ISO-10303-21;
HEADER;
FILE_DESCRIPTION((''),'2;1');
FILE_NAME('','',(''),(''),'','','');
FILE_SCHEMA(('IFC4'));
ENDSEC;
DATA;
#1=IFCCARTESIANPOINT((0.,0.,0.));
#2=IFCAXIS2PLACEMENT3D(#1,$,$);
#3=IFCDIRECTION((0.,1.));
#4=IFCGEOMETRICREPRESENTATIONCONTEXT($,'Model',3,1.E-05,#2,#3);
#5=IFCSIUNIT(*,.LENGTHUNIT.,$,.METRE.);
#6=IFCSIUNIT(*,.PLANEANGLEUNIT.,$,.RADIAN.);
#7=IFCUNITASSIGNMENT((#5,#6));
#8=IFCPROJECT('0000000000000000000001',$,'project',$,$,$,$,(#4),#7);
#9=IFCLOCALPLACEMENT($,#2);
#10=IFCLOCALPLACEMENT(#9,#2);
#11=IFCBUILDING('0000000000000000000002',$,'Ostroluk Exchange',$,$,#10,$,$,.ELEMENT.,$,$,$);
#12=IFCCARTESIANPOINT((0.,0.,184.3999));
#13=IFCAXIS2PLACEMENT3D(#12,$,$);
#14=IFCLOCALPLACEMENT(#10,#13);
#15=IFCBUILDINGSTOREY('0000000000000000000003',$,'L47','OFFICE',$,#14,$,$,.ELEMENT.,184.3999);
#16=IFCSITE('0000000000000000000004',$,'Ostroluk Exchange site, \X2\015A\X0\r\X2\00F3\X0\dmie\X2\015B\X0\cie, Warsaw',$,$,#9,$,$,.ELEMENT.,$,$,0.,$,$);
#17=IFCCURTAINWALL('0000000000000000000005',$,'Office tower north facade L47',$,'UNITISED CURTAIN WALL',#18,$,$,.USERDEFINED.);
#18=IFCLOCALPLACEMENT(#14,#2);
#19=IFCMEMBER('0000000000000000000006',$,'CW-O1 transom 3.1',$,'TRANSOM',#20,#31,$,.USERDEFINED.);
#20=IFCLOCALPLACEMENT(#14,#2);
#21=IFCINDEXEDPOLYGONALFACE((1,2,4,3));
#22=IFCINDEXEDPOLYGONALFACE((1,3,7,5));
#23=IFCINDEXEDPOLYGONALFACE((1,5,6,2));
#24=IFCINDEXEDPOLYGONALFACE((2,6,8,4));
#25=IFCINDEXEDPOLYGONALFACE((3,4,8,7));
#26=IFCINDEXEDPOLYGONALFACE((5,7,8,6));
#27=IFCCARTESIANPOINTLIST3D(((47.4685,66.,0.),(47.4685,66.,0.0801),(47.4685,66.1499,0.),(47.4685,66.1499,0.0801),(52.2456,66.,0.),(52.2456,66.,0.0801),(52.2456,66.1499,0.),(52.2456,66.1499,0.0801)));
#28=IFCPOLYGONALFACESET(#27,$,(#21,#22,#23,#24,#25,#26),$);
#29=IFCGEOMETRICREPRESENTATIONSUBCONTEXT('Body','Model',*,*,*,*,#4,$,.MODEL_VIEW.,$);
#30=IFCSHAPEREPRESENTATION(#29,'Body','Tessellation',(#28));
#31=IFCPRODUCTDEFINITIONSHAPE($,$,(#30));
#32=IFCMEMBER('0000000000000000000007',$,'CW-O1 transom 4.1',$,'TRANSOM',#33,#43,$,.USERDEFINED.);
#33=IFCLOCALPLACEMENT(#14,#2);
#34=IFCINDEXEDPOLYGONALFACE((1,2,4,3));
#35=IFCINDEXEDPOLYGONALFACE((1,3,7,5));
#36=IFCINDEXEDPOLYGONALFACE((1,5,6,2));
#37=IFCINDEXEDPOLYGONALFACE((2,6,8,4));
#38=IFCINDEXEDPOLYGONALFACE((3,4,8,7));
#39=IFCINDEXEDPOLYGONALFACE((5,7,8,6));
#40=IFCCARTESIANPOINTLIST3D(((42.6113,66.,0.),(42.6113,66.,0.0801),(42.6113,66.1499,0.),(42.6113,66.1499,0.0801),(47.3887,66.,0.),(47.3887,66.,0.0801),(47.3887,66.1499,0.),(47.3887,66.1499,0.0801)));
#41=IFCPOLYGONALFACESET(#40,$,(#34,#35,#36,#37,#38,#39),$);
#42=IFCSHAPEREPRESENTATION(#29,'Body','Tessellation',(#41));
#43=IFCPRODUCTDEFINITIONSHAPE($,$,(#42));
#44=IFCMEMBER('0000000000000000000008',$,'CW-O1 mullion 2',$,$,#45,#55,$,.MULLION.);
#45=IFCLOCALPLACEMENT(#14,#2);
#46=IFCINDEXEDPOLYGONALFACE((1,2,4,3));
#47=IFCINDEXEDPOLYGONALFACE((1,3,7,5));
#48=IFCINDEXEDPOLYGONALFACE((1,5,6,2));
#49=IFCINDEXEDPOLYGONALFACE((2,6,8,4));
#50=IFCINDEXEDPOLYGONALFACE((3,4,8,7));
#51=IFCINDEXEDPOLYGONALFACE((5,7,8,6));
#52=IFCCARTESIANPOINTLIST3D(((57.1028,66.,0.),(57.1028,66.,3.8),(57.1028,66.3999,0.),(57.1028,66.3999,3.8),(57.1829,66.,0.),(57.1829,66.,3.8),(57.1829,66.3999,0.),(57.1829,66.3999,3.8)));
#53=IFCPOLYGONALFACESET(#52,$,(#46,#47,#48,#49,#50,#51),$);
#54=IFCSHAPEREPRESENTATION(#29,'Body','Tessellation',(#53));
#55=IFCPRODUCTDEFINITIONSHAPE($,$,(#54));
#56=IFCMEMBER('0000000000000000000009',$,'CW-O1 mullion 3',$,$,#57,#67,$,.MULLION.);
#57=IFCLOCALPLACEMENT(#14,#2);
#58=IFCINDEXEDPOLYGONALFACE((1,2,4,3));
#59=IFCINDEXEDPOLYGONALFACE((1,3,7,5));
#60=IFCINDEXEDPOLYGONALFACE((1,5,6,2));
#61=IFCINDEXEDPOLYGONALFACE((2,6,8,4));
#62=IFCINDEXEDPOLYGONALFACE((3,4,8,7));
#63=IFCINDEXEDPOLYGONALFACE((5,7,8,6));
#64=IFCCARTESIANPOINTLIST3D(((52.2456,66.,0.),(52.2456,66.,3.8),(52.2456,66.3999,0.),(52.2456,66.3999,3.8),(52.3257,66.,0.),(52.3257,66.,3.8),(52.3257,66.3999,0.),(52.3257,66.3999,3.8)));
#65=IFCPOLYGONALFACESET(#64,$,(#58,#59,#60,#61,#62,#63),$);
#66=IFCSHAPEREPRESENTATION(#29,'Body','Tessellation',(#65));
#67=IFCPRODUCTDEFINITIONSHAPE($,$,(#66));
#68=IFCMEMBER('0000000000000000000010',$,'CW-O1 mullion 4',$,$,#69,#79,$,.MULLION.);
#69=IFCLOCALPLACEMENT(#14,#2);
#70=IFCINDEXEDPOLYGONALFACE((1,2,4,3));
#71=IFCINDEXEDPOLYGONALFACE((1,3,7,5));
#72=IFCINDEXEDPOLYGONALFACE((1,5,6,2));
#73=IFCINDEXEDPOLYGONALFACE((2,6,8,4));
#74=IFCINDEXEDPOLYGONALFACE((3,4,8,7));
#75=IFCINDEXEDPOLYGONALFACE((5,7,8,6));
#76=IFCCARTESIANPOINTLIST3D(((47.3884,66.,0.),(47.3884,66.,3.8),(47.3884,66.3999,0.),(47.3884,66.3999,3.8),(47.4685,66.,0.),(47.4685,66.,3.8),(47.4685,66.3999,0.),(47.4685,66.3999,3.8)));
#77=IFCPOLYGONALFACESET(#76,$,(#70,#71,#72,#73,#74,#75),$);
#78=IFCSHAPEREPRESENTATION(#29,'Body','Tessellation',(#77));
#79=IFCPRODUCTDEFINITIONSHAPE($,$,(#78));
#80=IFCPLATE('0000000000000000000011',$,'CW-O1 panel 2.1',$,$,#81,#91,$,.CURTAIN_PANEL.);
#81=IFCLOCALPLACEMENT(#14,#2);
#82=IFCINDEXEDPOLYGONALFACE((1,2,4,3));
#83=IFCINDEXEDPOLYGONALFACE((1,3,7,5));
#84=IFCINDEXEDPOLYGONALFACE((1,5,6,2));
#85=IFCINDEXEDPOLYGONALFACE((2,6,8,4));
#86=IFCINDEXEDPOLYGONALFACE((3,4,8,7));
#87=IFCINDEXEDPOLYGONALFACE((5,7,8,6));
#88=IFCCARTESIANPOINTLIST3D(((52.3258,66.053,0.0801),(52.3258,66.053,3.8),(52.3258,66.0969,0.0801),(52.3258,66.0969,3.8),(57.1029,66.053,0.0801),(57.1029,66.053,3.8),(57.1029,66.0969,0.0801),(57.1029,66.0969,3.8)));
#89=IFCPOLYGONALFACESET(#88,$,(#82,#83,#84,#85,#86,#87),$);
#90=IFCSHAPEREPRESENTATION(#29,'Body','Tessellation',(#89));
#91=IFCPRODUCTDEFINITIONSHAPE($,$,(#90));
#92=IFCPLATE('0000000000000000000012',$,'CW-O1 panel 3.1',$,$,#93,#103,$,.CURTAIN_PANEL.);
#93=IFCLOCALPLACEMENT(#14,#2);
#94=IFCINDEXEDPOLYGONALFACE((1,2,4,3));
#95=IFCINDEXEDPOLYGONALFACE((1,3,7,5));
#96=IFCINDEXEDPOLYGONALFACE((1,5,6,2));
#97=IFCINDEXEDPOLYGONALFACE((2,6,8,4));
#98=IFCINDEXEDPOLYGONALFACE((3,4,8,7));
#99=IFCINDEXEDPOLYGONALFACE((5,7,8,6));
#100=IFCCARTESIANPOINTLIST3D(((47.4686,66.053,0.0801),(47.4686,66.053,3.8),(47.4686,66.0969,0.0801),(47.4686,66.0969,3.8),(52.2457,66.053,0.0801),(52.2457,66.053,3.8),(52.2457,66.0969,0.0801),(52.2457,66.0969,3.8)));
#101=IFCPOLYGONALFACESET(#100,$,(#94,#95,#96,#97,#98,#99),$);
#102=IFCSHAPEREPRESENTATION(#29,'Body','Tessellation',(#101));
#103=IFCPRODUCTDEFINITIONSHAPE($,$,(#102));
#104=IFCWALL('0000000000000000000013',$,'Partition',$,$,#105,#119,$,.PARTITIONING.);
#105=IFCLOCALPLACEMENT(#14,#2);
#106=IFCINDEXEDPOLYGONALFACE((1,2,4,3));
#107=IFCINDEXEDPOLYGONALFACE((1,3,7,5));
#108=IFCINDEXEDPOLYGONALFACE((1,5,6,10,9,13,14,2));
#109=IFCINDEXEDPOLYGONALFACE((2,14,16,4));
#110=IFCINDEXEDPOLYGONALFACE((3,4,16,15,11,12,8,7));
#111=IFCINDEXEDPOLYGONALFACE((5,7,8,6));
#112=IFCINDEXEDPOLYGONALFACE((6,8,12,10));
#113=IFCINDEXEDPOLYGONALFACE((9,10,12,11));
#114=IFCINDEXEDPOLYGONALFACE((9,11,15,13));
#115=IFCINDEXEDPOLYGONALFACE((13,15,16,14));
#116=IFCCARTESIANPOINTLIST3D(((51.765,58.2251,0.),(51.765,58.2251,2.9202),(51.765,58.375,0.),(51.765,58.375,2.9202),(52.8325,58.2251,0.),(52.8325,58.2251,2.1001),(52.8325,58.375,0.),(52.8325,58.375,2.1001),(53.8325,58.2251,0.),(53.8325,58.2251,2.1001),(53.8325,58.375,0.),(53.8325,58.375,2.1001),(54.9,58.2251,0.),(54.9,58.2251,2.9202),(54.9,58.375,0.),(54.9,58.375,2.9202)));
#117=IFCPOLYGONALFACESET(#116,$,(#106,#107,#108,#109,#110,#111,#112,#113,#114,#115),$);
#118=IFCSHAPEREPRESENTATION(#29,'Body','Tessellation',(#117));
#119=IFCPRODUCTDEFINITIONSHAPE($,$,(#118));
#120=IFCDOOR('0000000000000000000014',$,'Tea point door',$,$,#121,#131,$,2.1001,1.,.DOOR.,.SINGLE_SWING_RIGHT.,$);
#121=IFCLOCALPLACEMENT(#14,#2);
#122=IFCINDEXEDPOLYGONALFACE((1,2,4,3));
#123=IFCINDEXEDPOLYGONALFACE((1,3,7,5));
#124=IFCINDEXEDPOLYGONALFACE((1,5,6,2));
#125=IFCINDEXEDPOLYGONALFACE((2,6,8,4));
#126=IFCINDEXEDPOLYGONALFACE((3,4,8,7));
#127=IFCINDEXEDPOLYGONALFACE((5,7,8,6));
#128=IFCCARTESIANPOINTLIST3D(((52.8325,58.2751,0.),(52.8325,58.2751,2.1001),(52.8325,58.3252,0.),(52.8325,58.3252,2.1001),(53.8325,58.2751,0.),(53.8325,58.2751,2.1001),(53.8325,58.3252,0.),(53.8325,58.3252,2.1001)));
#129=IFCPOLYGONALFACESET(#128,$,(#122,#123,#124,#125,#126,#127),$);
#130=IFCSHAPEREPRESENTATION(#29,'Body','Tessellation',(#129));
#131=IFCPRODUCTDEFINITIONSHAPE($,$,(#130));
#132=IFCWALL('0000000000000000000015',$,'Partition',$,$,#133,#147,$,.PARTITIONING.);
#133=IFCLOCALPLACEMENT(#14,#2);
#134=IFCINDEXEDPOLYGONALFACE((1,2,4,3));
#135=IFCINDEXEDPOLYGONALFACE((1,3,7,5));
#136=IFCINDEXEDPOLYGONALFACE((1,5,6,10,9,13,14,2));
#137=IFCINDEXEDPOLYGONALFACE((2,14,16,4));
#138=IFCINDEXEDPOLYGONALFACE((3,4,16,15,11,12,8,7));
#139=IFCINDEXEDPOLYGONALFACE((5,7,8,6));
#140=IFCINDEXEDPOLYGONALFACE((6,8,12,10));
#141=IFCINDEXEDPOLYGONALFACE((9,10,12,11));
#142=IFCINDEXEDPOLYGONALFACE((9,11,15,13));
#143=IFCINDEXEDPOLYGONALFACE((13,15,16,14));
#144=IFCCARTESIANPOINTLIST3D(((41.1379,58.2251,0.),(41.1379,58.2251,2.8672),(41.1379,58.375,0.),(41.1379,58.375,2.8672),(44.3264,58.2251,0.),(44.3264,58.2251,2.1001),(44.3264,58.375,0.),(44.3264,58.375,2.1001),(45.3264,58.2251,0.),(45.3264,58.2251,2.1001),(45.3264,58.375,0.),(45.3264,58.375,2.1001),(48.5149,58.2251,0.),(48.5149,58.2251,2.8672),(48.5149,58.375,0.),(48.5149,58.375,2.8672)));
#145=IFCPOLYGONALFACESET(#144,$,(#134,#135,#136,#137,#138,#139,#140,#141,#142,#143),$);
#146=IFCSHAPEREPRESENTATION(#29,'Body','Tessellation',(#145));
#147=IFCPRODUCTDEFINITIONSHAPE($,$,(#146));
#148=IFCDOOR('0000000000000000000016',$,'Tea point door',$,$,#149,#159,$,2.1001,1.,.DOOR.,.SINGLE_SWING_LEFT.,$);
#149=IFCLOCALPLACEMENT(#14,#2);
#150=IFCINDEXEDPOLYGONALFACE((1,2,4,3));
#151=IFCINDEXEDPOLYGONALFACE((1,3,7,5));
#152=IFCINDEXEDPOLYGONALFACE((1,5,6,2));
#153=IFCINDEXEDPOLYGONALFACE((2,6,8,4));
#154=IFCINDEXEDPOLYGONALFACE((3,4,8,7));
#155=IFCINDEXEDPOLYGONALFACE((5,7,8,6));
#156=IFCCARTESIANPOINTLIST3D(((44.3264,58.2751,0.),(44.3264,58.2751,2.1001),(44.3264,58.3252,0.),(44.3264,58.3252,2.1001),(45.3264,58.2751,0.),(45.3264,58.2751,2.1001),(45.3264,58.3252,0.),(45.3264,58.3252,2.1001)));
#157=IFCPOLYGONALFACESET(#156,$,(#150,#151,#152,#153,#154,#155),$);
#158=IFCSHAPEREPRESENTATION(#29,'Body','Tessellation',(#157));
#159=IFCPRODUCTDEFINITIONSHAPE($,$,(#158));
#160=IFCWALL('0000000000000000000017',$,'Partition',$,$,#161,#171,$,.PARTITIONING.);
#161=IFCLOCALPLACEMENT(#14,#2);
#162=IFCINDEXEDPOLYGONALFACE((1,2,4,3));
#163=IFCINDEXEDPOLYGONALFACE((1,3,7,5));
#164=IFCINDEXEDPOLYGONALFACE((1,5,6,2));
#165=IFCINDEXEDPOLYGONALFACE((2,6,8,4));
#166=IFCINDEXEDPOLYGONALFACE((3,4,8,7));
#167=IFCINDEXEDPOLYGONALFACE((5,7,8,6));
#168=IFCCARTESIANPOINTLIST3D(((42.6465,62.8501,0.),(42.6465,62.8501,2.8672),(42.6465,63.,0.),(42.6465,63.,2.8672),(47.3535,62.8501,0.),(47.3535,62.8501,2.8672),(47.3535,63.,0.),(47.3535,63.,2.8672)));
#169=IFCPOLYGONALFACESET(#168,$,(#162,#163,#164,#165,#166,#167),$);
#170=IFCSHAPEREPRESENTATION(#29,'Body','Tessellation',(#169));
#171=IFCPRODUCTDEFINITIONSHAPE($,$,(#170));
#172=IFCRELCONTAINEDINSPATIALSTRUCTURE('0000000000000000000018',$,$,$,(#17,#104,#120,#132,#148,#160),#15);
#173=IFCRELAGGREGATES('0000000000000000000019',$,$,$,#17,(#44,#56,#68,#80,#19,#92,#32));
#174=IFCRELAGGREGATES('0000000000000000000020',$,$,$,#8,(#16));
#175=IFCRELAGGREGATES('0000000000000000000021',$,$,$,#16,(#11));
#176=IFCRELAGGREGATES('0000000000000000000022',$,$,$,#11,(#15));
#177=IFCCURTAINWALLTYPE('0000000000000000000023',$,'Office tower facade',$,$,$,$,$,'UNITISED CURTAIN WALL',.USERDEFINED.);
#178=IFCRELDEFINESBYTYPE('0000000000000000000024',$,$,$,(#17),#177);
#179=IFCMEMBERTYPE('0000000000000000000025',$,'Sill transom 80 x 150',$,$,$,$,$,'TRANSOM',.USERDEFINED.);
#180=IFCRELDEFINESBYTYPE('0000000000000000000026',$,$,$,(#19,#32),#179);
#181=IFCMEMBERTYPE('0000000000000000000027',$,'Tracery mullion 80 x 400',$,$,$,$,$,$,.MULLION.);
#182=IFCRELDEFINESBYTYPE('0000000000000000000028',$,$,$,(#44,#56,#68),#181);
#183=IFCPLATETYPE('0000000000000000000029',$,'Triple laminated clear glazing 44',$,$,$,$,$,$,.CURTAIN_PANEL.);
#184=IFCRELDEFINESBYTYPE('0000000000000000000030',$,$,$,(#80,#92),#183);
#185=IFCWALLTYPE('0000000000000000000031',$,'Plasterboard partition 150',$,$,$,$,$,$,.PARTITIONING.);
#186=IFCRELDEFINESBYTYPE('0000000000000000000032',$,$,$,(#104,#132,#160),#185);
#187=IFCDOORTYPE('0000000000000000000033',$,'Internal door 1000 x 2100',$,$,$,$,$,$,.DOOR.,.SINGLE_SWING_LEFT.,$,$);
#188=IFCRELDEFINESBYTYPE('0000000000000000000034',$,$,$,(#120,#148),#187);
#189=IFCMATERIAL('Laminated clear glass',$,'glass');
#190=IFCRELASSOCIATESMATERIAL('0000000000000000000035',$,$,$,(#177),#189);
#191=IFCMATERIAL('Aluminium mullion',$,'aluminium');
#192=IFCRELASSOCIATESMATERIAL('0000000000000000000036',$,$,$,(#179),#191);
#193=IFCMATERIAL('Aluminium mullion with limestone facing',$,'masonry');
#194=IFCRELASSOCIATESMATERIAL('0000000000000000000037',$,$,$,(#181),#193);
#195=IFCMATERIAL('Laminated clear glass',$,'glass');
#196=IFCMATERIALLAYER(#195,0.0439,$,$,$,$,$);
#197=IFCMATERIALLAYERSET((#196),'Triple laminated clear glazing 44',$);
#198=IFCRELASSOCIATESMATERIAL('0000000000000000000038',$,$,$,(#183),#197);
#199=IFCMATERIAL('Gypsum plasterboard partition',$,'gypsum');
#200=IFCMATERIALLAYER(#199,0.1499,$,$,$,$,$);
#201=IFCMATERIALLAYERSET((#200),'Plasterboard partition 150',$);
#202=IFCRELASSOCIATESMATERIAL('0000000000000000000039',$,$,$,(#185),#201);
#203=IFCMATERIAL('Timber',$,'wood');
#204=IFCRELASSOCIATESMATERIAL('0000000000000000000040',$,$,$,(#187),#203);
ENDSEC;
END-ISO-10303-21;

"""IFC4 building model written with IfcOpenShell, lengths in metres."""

from ifc_helpers import new_model, si_unit, direction, frame, frame_2d, origin, origin_2d, place, context, subcontext, project, spatial, rectangle, extrude, material, layer, layer_set, material_profile, profile_set, type_object, element, fill, aggregate, save


model = new_model("IFC4")

# Units and contexts
model_context = context("Model", 3, precision=1e-05, world=origin(), true_north=direction((0.0, 1.0)))
body_context = subcontext(model_context, "Body", "Model", "MODEL_VIEW")
ifc_project = project(units=[si_unit("LENGTHUNIT", "METRE"), si_unit("PLANEANGLEUNIT", "RADIAN")], contexts=[model_context])

# Site, building, storey
site_placement = place(None, origin())
site = spatial("IfcSite", under=ifc_project, at=site_placement, Name="Ostroluk Exchange site, Śródmieście, Warsaw", CompositionType="ELEMENT", RefElevation=0.0)
building_placement = place(site_placement, origin())
building = spatial("IfcBuilding", under=site, at=building_placement, Name="Ostroluk Exchange", CompositionType="ELEMENT")
storey_placement = place(building_placement, frame((0.0, 0.0, 184.3999)))
storey = spatial("IfcBuildingStorey", under=building, at=storey_placement, Name="L47", Description="OFFICE", CompositionType="ELEMENT", Elevation=184.3999)

# Curtain wall, members, plates
ifc_material_1 = material(Name="Laminated clear glass", Category="glass")
curtain_wall_type = type_object("IfcCurtainWallType", Name="Office tower facade", ElementType="UNITISED CURTAIN WALL", PredefinedType="USERDEFINED", material=ifc_material_1)
curtain_wall_placement = place(storey_placement, origin())
curtain_wall = element("IfcCurtainWall", 1, at=curtain_wall_placement, inside=storey, type_object=curtain_wall_type, Name="Office tower north facade L47", ObjectType="UNITISED CURTAIN WALL", PredefinedType="USERDEFINED")
ifc_material_2 = material(Name="Aluminium mullion", Category="aluminium")
ifc_material_profile_1 = material_profile(ifc_material_2, rectangle(XDim=0.1499, YDim=0.0801, at=origin_2d()), Name="Sill transom 80 x 150")
ifc_profile_set_1 = profile_set([ifc_material_profile_1], Name="Aluminium mullion")
member_type_1 = type_object("IfcMemberType", Name="Sill transom 80 x 150", ElementType="TRANSOM", PredefinedType="USERDEFINED", material=ifc_profile_set_1)
member_1_placement = place(storey_placement, frame((52.2456, 66.075, 0.04), z_axis=(-1.0, 0.0, 0.0), x_axis=(0.0, -1.0, 0.0)))
member_1 = element("IfcMember", 2, at=member_1_placement, type_object=member_type_1, Name="CW-O1 transom 3.1", ObjectType="TRANSOM", PredefinedType="USERDEFINED", context=body_context, shape_type="SweptSolid", body=[
    extrude(rectangle(XDim=0.1499, YDim=0.0801, at=origin_2d()), origin(), (0.0, 0.0, 1.0), 4.7771),
])
member_2_placement = place(storey_placement, frame((47.3887, 66.075, 0.04), z_axis=(-1.0, 0.0, 0.0), x_axis=(0.0, -1.0, 0.0)))
member_2 = element("IfcMember", 3, at=member_2_placement, type_object=member_type_1, Name="CW-O1 transom 4.1", ObjectType="TRANSOM", PredefinedType="USERDEFINED", context=body_context, shape_type="SweptSolid", body=[
    extrude(rectangle(XDim=0.1499, YDim=0.0801, at=origin_2d()), origin(), (0.0, 0.0, 1.0), 4.7773),
])
ifc_material_3 = material(Name="Aluminium mullion with limestone facing", Category="masonry")
ifc_material_profile_2 = material_profile(ifc_material_3, rectangle(XDim=0.3999, YDim=0.0801, at=origin_2d()), Name="Tracery mullion 80 x 400")
ifc_profile_set_2 = profile_set([ifc_material_profile_2], Name="Aluminium mullion with limestone facing")
member_type_2 = type_object("IfcMemberType", Name="Tracery mullion 80 x 400", PredefinedType="MULLION", material=ifc_profile_set_2)
member_3_placement = place(storey_placement, frame((57.1428, 66.2, 0.0), z_axis=(0.0, 0.0, 1.0), x_axis=(0.0, -1.0, 0.0)))
member_3 = element("IfcMember", 4, at=member_3_placement, type_object=member_type_2, Name="CW-O1 mullion 2", PredefinedType="MULLION", context=body_context, shape_type="SweptSolid", body=[
    extrude(rectangle(XDim=0.3999, YDim=0.0801, at=origin_2d()), origin(), (0.0, 0.0, 1.0), 3.8),
])
member_4_placement = place(storey_placement, frame((52.2856, 66.2, 0.0), z_axis=(0.0, 0.0, 1.0), x_axis=(0.0, -1.0, 0.0)))
member_4 = element("IfcMember", 5, at=member_4_placement, type_object=member_type_2, Name="CW-O1 mullion 3", PredefinedType="MULLION", context=body_context, shape_type="SweptSolid", body=[
    extrude(rectangle(XDim=0.3999, YDim=0.0801, at=origin_2d()), origin(), (0.0, 0.0, 1.0), 3.8),
])
member_5_placement = place(storey_placement, frame((47.4285, 66.2, 0.0), z_axis=(0.0, 0.0, 1.0), x_axis=(0.0, -1.0, 0.0)))
member_5 = element("IfcMember", 6, at=member_5_placement, type_object=member_type_2, Name="CW-O1 mullion 4", PredefinedType="MULLION", context=body_context, shape_type="SweptSolid", body=[
    extrude(rectangle(XDim=0.3999, YDim=0.0801, at=origin_2d()), origin(), (0.0, 0.0, 1.0), 3.8),
])
ifc_material_4 = material(Name="Laminated clear glass", Category="glass")
ifc_layer_1 = layer(ifc_material_4, 0.0439)
ifc_layer_set_1 = layer_set([ifc_layer_1], Name="Triple laminated clear glazing 44")
plate_type = type_object("IfcPlateType", Name="Triple laminated clear glazing 44", PredefinedType="CURTAIN_PANEL", material=ifc_layer_set_1)
plate_1_placement = place(storey_placement, frame((54.7144, 66.075, 0.0801), z_axis=(0.0, 0.0, 1.0), x_axis=(-1.0, 0.0, 0.0)))
plate_1 = element("IfcPlate", 7, at=plate_1_placement, type_object=plate_type, Name="CW-O1 panel 2.1", PredefinedType="CURTAIN_PANEL", context=body_context, shape_type="SweptSolid", body=[
    extrude(rectangle(XDim=4.7771, YDim=0.0439, at=origin_2d()), origin(), (0.0, 0.0, 1.0), 3.72),
])
plate_2_placement = place(storey_placement, frame((49.8572, 66.075, 0.0801), z_axis=(0.0, 0.0, 1.0), x_axis=(-1.0, 0.0, 0.0)))
plate_2 = element("IfcPlate", 8, at=plate_2_placement, type_object=plate_type, Name="CW-O1 panel 3.1", PredefinedType="CURTAIN_PANEL", context=body_context, shape_type="SweptSolid", body=[
    extrude(rectangle(XDim=4.7771, YDim=0.0439, at=origin_2d()), origin(), (0.0, 0.0, 1.0), 3.72),
])
aggregate(curtain_wall, [member_3, member_4, member_5, plate_1, member_1, plate_2, member_2])

# Walls, openings, doors
ifc_material_5 = material(Name="Gypsum plasterboard partition", Category="gypsum")
ifc_layer_2 = layer(ifc_material_5, 0.1499)
ifc_layer_set_2 = layer_set([ifc_layer_2], Name="Plasterboard partition 150")
wall_type = type_object("IfcWallType", Name="Plasterboard partition 150", PredefinedType="PARTITIONING", material=ifc_layer_set_2)
wall_1_placement = place(storey_placement, frame((54.8999, 58.3, 0.0), z_axis=(0.0, 0.0, 1.0), x_axis=(-1.0, 0.0, 0.0)))
wall_1 = element("IfcWall", 9, at=wall_1_placement, inside=storey, type_object=wall_type, Name="Partition", PredefinedType="PARTITIONING", context=body_context, shape_type="SweptSolid", body=[
    extrude(rectangle(XDim=3.135, YDim=0.1499, at=frame_2d((1.5674, 0.0))), origin(), (0.0, 0.0, 1.0), 2.9202),
])
opening_1_placement = place(wall_1_placement, frame((1.0674, 0.0, 0.0)))
opening_1 = element("IfcOpeningElement", 10, at=opening_1_placement, cuts=wall_1, PredefinedType="OPENING", context=body_context, shape_type="SweptSolid", body=[
    extrude(rectangle(XDim=1.0, YDim=2.1001, at=frame_2d((0.5, 1.05))), frame((0.0, 0.085, 0.0), z_axis=(0.0, -1.0, 0.0), x_axis=(1.0, 0.0, 0.0)), (0.0, 0.0, 1.0), 0.1699),
])
ifc_material_6 = material(Name="Timber", Category="wood")
door_type = type_object("IfcDoorType", Name="Internal door 1000 x 2100", OperationType="SINGLE_SWING_LEFT", PredefinedType="DOOR", material=ifc_material_6)
door_1_placement = place(opening_1_placement, origin())
door_1 = element("IfcDoor", 11, at=door_1_placement, inside=storey, type_object=door_type, Name="Tea point door", OperationType="SINGLE_SWING_RIGHT", OverallHeight=2.1001, OverallWidth=1.0, PredefinedType="DOOR", context=body_context, shape_type="SweptSolid", body=[
    extrude(rectangle(XDim=1.0, YDim=2.1001, at=frame_2d((0.5, 1.05))), frame((0.0, 0.0249, 0.0), z_axis=(0.0, -1.0, 0.0), x_axis=(1.0, 0.0, 0.0)), (0.0, 0.0, 1.0), 0.05),
])
fill(opening_1, door_1)
wall_2_placement = place(storey_placement, frame((48.5149, 58.3, 0.0), z_axis=(0.0, 0.0, 1.0), x_axis=(-1.0, 0.0, 0.0)))
wall_2 = element("IfcWall", 12, at=wall_2_placement, inside=storey, type_object=wall_type, Name="Partition", PredefinedType="PARTITIONING", context=body_context, shape_type="SweptSolid", body=[
    extrude(rectangle(XDim=7.377, YDim=0.1499, at=frame_2d((3.6885, 0.0))), origin(), (0.0, 0.0, 1.0), 2.8672),
])
opening_2_placement = place(wall_2_placement, frame((3.1885, 0.0, 0.0)))
opening_2 = element("IfcOpeningElement", 13, at=opening_2_placement, cuts=wall_2, PredefinedType="OPENING", context=body_context, shape_type="SweptSolid", body=[
    extrude(rectangle(XDim=1.0, YDim=2.1001, at=frame_2d((0.5, 1.05))), frame((0.0, 0.085, 0.0), z_axis=(0.0, -1.0, 0.0), x_axis=(1.0, 0.0, 0.0)), (0.0, 0.0, 1.0), 0.1699),
])
door_2_placement = place(opening_2_placement, origin())
door_2 = element("IfcDoor", 14, at=door_2_placement, inside=storey, type_object=door_type, Name="Tea point door", OperationType="SINGLE_SWING_LEFT", OverallHeight=2.1001, OverallWidth=1.0, PredefinedType="DOOR", context=body_context, shape_type="SweptSolid", body=[
    extrude(rectangle(XDim=1.0, YDim=2.1001, at=frame_2d((0.5, 1.05))), frame((0.0, 0.0249, 0.0), z_axis=(0.0, -1.0, 0.0), x_axis=(1.0, 0.0, 0.0)), (0.0, 0.0, 1.0), 0.05),
])
fill(opening_2, door_2)

# Wall
wall_3_placement = place(storey_placement, frame((47.3535, 62.925, 0.0), z_axis=(0.0, 0.0, 1.0), x_axis=(-1.0, 0.0, 0.0)))
element("IfcWall", 15, at=wall_3_placement, inside=storey, type_object=wall_type, Name="Partition", PredefinedType="PARTITIONING", context=body_context, shape_type="SweptSolid", body=[
    extrude(rectangle(XDim=4.707, YDim=0.1499, at=frame_2d((2.3535, 0.0))), origin(), (0.0, 0.0, 1.0), 2.8672),
])

save(model, "model.ifc")
